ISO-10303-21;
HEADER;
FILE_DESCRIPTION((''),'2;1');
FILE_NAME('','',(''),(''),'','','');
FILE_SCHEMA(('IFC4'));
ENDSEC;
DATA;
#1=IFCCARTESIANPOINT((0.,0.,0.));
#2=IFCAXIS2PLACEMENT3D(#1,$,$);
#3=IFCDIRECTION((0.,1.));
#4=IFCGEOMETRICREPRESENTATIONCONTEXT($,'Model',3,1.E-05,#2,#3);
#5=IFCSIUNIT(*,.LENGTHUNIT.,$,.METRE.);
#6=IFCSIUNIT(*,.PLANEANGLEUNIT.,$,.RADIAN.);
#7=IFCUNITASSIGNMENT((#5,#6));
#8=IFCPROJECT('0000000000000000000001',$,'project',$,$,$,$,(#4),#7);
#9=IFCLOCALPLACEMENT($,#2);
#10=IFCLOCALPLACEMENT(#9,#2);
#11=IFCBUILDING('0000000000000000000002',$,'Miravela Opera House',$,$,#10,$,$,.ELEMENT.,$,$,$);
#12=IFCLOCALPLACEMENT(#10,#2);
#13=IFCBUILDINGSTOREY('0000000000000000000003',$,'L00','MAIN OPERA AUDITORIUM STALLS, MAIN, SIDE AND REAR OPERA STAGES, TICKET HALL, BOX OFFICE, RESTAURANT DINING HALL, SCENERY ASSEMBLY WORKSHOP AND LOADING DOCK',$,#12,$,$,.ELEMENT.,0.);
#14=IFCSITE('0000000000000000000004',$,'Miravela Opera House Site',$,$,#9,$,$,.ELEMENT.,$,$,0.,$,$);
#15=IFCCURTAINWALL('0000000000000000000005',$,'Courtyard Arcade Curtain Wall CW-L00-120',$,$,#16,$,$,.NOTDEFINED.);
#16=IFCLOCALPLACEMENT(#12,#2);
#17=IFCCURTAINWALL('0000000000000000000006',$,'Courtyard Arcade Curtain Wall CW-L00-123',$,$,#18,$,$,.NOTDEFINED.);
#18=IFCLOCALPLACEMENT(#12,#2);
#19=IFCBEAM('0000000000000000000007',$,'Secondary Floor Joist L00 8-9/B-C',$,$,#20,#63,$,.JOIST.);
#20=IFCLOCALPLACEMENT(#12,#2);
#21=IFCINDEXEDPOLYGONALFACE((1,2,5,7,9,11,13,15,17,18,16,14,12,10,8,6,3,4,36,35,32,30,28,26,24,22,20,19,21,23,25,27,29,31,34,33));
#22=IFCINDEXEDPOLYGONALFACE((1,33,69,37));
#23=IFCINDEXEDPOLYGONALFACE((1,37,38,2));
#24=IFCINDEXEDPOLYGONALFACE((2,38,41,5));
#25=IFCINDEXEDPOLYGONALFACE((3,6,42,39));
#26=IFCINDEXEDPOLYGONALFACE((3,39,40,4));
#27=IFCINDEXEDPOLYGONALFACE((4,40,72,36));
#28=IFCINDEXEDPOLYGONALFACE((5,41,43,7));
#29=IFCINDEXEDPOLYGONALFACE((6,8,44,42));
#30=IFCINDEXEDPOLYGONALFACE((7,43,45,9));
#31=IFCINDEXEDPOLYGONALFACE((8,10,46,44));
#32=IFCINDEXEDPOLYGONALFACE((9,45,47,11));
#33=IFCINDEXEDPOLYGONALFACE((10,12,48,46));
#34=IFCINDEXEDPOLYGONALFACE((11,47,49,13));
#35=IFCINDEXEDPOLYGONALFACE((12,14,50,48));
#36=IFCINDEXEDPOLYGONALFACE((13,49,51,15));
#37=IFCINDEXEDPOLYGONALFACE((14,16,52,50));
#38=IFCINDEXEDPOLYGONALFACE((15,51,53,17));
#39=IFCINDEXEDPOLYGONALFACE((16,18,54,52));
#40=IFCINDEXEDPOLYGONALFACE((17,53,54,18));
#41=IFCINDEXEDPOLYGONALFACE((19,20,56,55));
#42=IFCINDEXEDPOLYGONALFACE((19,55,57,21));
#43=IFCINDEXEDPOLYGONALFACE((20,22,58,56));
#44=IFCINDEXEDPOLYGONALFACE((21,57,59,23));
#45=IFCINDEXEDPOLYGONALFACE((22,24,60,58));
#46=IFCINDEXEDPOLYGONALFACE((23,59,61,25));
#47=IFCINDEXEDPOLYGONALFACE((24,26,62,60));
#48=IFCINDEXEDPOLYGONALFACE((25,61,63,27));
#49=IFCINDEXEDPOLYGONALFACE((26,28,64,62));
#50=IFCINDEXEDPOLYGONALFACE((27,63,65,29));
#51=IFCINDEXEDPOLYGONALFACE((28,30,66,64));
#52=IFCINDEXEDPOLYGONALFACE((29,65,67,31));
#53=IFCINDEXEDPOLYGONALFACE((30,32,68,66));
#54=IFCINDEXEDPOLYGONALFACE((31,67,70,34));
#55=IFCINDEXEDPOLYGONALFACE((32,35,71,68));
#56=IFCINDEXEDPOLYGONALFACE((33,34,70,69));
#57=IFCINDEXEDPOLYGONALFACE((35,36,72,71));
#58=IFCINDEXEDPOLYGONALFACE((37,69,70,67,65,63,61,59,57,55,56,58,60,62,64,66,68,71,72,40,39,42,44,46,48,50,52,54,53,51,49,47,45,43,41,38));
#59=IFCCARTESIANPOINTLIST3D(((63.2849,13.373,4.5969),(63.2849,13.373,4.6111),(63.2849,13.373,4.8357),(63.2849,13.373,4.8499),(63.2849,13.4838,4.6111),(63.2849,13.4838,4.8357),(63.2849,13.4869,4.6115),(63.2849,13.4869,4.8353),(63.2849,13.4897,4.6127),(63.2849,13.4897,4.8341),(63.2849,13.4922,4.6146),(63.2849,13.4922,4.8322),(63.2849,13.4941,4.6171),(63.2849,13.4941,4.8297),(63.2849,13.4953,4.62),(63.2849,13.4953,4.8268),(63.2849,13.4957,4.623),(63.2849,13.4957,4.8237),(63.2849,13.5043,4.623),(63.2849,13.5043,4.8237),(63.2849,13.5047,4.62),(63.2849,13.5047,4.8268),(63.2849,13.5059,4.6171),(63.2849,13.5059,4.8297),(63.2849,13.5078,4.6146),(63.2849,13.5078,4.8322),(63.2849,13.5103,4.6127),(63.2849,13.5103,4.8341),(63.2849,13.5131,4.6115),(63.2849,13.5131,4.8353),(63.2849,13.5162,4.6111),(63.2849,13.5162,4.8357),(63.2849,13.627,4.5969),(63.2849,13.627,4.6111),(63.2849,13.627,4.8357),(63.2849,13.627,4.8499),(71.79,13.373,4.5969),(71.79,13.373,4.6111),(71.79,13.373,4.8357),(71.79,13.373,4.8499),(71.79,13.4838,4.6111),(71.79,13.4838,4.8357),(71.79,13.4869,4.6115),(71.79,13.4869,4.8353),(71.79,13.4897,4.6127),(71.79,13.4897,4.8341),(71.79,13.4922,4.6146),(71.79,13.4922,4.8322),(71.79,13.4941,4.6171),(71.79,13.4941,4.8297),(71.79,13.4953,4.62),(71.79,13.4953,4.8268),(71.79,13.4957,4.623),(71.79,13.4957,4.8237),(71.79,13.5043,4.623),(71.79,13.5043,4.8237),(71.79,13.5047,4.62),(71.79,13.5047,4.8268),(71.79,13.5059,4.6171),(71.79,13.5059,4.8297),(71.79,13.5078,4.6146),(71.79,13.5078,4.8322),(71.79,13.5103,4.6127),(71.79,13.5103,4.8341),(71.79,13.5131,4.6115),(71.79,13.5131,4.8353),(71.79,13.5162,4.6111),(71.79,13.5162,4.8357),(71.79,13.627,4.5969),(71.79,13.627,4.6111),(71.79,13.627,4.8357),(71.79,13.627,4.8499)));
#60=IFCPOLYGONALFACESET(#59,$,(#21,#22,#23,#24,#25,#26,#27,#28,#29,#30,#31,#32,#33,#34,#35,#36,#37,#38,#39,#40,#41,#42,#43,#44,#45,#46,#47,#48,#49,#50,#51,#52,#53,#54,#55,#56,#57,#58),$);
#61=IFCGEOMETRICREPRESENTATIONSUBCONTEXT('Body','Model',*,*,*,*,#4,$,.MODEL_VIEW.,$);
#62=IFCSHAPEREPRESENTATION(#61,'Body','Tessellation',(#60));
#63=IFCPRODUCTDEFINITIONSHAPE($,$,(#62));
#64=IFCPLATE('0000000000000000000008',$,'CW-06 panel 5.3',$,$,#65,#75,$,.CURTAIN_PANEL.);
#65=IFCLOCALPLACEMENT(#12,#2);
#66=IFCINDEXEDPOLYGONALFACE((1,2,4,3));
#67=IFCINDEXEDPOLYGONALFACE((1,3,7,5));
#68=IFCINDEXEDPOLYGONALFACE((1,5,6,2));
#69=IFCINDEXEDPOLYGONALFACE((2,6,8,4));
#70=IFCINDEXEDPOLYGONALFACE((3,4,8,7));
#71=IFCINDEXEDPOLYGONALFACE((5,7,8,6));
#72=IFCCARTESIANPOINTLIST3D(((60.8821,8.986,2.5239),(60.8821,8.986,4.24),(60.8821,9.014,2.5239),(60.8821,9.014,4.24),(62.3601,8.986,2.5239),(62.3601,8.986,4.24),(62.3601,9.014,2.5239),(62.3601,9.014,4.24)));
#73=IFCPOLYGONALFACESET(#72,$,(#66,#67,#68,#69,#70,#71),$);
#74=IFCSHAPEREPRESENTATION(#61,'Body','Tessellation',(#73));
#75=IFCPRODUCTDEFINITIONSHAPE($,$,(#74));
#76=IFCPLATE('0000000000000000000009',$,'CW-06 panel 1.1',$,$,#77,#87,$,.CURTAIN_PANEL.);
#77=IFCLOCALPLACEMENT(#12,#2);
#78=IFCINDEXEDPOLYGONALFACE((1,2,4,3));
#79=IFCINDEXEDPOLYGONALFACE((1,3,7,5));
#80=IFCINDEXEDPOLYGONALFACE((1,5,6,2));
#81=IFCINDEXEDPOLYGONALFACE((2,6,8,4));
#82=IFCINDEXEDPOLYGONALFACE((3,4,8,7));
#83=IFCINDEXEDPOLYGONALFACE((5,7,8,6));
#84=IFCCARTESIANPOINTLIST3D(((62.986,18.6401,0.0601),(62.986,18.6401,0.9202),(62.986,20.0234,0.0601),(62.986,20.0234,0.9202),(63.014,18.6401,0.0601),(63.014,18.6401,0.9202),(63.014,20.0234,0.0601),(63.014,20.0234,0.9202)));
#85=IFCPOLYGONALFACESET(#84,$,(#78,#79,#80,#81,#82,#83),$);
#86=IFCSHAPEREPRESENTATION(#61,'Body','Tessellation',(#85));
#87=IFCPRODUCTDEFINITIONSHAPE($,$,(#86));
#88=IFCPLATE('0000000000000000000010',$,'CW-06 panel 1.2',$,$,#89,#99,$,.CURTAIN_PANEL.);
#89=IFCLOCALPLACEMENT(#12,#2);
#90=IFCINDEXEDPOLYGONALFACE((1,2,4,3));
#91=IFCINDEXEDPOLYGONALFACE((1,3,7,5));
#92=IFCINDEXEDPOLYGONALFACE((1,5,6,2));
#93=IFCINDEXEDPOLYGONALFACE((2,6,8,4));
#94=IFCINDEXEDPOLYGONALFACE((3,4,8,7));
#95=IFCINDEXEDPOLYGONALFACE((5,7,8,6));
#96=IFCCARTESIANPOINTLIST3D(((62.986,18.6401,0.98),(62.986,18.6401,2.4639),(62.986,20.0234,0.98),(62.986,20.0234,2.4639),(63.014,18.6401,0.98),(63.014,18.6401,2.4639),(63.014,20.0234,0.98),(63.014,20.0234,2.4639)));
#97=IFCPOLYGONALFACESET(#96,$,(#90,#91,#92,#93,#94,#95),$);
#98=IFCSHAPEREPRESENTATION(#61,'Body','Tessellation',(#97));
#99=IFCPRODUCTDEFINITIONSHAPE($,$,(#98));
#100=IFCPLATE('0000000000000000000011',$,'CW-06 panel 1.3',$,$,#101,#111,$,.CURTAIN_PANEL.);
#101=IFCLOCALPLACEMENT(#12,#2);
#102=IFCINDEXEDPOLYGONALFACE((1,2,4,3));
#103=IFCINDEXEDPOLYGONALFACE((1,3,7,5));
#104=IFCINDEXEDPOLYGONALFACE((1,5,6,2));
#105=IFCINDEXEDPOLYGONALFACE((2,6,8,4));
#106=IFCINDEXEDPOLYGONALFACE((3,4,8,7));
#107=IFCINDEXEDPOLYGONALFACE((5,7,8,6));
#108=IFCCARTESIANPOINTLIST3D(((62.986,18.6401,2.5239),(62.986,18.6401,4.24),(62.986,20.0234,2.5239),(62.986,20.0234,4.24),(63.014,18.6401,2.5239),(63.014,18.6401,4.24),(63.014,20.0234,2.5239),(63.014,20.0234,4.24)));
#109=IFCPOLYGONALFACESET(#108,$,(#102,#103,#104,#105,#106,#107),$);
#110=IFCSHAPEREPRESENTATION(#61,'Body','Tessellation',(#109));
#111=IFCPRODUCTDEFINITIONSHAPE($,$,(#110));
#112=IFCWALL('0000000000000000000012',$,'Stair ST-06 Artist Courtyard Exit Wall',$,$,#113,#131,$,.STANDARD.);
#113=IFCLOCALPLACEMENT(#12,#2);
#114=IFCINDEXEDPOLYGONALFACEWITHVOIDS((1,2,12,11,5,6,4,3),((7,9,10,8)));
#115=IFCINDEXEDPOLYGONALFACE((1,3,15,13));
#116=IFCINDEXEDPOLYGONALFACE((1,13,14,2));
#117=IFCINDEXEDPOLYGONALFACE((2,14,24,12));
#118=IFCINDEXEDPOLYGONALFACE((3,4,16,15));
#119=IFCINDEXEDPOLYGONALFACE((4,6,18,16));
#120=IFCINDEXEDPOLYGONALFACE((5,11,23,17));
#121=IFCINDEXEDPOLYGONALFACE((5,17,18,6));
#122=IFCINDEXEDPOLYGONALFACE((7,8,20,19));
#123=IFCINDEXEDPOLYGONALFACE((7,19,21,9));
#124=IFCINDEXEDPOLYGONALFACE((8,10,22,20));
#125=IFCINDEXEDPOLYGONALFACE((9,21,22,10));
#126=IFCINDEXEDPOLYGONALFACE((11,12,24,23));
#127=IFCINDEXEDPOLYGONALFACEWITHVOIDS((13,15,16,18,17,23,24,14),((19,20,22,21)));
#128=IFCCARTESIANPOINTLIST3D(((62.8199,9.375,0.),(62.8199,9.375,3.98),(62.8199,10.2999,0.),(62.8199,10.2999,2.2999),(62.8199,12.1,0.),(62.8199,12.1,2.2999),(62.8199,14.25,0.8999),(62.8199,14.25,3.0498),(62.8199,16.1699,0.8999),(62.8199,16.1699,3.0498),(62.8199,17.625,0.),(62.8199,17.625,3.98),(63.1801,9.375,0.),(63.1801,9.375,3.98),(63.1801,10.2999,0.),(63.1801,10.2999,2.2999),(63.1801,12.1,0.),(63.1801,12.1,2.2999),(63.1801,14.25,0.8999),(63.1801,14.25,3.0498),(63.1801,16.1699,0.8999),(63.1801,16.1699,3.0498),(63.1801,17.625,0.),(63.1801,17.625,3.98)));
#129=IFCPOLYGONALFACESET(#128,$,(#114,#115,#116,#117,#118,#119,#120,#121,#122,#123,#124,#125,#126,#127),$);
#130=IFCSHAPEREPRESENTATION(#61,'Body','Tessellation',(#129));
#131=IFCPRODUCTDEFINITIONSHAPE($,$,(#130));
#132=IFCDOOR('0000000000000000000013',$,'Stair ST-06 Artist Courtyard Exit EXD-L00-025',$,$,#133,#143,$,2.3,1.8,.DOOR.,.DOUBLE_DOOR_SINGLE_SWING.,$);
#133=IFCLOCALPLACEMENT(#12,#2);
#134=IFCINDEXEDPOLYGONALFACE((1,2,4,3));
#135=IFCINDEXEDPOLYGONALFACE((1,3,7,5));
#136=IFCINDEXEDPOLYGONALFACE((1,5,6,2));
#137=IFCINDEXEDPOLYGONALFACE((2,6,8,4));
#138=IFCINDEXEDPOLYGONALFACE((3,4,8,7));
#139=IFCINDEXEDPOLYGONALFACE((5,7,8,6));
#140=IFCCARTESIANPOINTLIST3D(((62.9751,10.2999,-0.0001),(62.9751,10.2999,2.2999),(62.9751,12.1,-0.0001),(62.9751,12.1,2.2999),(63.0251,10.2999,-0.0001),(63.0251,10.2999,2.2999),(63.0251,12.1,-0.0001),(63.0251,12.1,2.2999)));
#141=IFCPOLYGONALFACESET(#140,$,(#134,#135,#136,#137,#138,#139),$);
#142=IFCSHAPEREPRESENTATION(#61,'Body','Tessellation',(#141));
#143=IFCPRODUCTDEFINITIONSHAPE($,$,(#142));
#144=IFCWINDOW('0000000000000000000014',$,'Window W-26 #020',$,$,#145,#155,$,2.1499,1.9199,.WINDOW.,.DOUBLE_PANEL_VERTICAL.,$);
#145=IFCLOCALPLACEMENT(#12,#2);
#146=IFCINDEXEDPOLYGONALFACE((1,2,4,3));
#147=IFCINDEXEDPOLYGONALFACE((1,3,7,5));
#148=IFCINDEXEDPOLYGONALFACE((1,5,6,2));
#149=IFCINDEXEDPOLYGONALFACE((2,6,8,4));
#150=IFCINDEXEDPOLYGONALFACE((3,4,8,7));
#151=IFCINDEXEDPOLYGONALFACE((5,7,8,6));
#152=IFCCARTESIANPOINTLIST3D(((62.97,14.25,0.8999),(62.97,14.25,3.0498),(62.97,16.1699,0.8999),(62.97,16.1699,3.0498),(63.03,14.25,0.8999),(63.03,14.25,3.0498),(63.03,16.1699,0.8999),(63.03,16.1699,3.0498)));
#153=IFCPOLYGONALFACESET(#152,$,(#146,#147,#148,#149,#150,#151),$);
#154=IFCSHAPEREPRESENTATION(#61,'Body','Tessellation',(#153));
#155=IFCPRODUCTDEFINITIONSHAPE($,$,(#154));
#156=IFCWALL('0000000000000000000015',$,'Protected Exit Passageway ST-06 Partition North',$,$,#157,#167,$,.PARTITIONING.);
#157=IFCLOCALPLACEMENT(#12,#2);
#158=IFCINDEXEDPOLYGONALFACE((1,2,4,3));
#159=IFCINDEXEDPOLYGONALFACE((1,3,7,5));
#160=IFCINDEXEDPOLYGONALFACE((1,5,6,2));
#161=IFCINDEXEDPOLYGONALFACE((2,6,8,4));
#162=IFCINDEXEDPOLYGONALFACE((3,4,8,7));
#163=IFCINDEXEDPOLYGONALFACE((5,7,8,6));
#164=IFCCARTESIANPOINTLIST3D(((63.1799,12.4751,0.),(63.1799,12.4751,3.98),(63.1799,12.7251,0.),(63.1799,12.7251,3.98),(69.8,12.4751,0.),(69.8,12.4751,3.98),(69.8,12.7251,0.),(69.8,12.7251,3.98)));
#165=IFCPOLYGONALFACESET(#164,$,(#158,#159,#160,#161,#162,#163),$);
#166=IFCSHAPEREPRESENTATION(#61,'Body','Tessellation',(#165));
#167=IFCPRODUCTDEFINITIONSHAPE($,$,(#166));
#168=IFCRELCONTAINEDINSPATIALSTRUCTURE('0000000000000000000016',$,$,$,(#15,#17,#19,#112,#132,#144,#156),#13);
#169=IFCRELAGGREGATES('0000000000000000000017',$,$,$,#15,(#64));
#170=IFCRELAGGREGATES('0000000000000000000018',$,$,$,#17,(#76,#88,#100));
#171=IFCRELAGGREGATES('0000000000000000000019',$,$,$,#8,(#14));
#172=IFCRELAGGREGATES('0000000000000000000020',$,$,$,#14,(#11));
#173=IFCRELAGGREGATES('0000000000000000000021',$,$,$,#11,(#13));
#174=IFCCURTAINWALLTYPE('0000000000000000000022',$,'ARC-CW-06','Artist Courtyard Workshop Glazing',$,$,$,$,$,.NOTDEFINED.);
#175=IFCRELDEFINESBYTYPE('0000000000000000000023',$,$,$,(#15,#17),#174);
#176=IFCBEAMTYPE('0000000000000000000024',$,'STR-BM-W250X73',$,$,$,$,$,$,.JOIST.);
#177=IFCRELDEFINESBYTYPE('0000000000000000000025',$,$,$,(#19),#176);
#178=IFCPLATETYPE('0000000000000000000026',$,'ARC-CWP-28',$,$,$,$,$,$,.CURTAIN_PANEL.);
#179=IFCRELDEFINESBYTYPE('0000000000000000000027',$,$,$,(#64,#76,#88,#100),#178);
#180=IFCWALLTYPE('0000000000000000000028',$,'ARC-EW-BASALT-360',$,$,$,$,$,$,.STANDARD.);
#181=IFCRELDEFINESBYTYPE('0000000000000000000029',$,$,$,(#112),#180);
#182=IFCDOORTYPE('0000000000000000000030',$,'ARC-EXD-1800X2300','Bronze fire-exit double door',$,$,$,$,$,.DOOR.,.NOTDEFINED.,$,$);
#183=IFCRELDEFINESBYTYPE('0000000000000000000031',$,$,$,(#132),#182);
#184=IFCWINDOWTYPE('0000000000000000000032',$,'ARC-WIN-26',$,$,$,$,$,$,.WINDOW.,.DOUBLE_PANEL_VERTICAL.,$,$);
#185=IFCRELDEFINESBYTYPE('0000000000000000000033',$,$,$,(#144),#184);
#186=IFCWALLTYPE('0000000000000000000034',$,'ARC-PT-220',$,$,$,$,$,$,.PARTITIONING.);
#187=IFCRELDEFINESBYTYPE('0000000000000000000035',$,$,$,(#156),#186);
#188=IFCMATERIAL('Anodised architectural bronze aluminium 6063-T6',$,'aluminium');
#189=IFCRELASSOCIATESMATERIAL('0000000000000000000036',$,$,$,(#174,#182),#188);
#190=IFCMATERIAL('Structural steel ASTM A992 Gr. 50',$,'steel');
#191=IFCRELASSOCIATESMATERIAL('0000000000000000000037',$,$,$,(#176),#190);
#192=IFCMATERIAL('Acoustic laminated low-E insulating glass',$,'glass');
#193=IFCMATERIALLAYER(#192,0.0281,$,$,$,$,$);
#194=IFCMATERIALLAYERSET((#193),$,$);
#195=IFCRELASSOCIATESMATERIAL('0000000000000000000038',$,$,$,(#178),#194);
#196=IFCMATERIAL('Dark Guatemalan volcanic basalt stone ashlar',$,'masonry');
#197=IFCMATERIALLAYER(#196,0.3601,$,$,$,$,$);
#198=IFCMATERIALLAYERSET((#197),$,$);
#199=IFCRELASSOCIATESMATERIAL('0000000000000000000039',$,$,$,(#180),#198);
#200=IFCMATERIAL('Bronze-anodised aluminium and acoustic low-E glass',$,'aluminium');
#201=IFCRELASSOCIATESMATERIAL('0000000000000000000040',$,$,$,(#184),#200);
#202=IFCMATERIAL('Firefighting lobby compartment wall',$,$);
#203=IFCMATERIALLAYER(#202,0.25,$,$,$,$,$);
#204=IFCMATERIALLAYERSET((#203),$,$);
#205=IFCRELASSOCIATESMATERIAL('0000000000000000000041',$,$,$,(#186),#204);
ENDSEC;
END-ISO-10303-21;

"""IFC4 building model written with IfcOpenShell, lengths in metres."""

from ifc_helpers import new_model, si_unit, direction, frame, frame_2d, origin, origin_2d, place, context, subcontext, project, spatial, rectangle, i_section, extrude, material, layer, layer_set, material_profile, profile_set, type_object, element, fill, aggregate, save


model = new_model("IFC4")

# Units and contexts
model_context = context("Model", 3, precision=1e-05, world=origin(), true_north=direction((0.0, 1.0)))
body_context = subcontext(model_context, "Body", "Model", "MODEL_VIEW")
ifc_project = project(units=[si_unit("LENGTHUNIT", "METRE"), si_unit("PLANEANGLEUNIT", "RADIAN")], contexts=[model_context])

# Site, building, storey
site_placement = place(None, origin())
site = spatial("IfcSite", under=ifc_project, at=site_placement, Name="Miravela Opera House Site", CompositionType="ELEMENT", RefElevation=0.0)
building_placement = place(site_placement, origin())
building = spatial("IfcBuilding", under=site, at=building_placement, Name="Miravela Opera House", CompositionType="ELEMENT")
storey_placement = place(building_placement, origin())
storey = spatial("IfcBuildingStorey", under=building, at=storey_placement, Name="L00", Description="MAIN OPERA AUDITORIUM STALLS, MAIN, SIDE AND REAR OPERA STAGES, TICKET HALL, BOX OFFICE, RESTAURANT DINING HALL, SCENERY ASSEMBLY WORKSHOP AND LOADING DOCK", CompositionType="ELEMENT", Elevation=0.0)

# Curtain wall
ifc_material_1 = material(Name="Anodised architectural bronze aluminium 6063-T6", Category="aluminium")
curtain_wall_type = type_object("IfcCurtainWallType", Name="ARC-CW-06", Description="Artist Courtyard Workshop Glazing", PredefinedType="NOTDEFINED", material=ifc_material_1)
curtain_wall_1_placement = place(storey_placement, origin())
curtain_wall_1 = element("IfcCurtainWall", 1, at=curtain_wall_1_placement, inside=storey, type_object=curtain_wall_type, Name="Courtyard Arcade Curtain Wall CW-L00-120", PredefinedType="NOTDEFINED")

# Curtain wall
curtain_wall_2_placement = place(storey_placement, origin())
curtain_wall_2 = element("IfcCurtainWall", 2, at=curtain_wall_2_placement, inside=storey, type_object=curtain_wall_type, Name="Courtyard Arcade Curtain Wall CW-L00-123", PredefinedType="NOTDEFINED")

# Beam
ifc_material_2 = material(Name="Structural steel ASTM A992 Gr. 50", Category="steel")
ifc_material_profile_1 = material_profile(ifc_material_2, i_section(OverallWidth=0.2539, OverallDepth=0.2529, WebThickness=0.0085, FlangeThickness=0.0142, FilletRadius=0.012, at=origin_2d()), Name="W250X73")
ifc_profile_set_1 = profile_set([ifc_material_profile_1])
beam_type_1 = type_object("IfcBeamType", Name="STR-BM-W250X73", PredefinedType="JOIST", material=ifc_profile_set_1)
beam_1_placement = place(storey_placement, frame((63.2849, 13.5, 4.7234), z_axis=(1.0, 0.0, 0.0), x_axis=(0.0, 1.0, 0.0)))
element("IfcBeam", 3, at=beam_1_placement, inside=storey, type_object=beam_type_1, Name="Secondary Floor Joist L00 8-9/B-C", PredefinedType="JOIST", context=body_context, shape_type="SweptSolid", body=[
    extrude(i_section(OverallWidth=0.2539, OverallDepth=0.2529, WebThickness=0.0085, FlangeThickness=0.0142, FilletRadius=0.012, at=origin_2d()), origin(), (0.0, 0.0, 1.0), 8.5051),
])

# Plates
ifc_material_3 = material(Name="Acoustic laminated low-E insulating glass", Category="glass")
ifc_layer_1 = layer(ifc_material_3, 0.0281)
ifc_layer_set_1 = layer_set([ifc_layer_1])
plate_type = type_object("IfcPlateType", Name="ARC-CWP-28", PredefinedType="CURTAIN_PANEL", material=ifc_layer_set_1)
plate_1_placement = place(storey_placement, frame((61.6211, 9.0, 2.5239), z_axis=(0.0, 0.0, 1.0), x_axis=(1.0, 0.0, 0.0)))
plate_1 = element("IfcPlate", 4, at=plate_1_placement, type_object=plate_type, Name="CW-06 panel 5.3", PredefinedType="CURTAIN_PANEL", context=body_context, shape_type="SweptSolid", body=[
    extrude(rectangle(XDim=1.478, YDim=0.0281, at=origin_2d()), origin(), (0.0, 0.0, 1.0), 1.7161),
])
aggregate(curtain_wall_1, [plate_1])
plate_2_placement = place(storey_placement, frame((63.0, 19.3318, 0.0601), z_axis=(0.0, 0.0, 1.0), x_axis=(0.0, 1.0, 0.0)))
plate_2 = element("IfcPlate", 5, at=plate_2_placement, type_object=plate_type, Name="CW-06 panel 1.1", PredefinedType="CURTAIN_PANEL", context=body_context, shape_type="SweptSolid", body=[
    extrude(rectangle(XDim=1.3833, YDim=0.0281, at=origin_2d()), origin(), (0.0, 0.0, 1.0), 0.8601),
])
plate_3_placement = place(storey_placement, frame((63.0, 19.3318, 0.98), z_axis=(0.0, 0.0, 1.0), x_axis=(0.0, 1.0, 0.0)))
plate_3 = element("IfcPlate", 6, at=plate_3_placement, type_object=plate_type, Name="CW-06 panel 1.2", PredefinedType="CURTAIN_PANEL", context=body_context, shape_type="SweptSolid", body=[
    extrude(rectangle(XDim=1.3833, YDim=0.0281, at=origin_2d()), origin(), (0.0, 0.0, 1.0), 1.4839),
])
plate_4_placement = place(storey_placement, frame((63.0, 19.3318, 2.5239), z_axis=(0.0, 0.0, 1.0), x_axis=(0.0, 1.0, 0.0)))
plate_4 = element("IfcPlate", 7, at=plate_4_placement, type_object=plate_type, Name="CW-06 panel 1.3", PredefinedType="CURTAIN_PANEL", context=body_context, shape_type="SweptSolid", body=[
    extrude(rectangle(XDim=1.3833, YDim=0.0281, at=origin_2d()), origin(), (0.0, 0.0, 1.0), 1.7161),
])
aggregate(curtain_wall_2, [plate_2, plate_3, plate_4])

# Wall, openings, door, window
ifc_material_4 = material(Name="Dark Guatemalan volcanic basalt stone ashlar", Category="masonry")
ifc_layer_2 = layer(ifc_material_4, 0.3601)
ifc_layer_set_2 = layer_set([ifc_layer_2])
wall_type_1 = type_object("IfcWallType", Name="ARC-EW-BASALT-360", PredefinedType="STANDARD", material=ifc_layer_set_2)
wall_1_placement = place(storey_placement, frame((63.0, 9.375, 0.0), z_axis=(0.0, 0.0, 1.0), x_axis=(0.0, 1.0, 0.0)))
wall_1 = element("IfcWall", 8, at=wall_1_placement, inside=storey, type_object=wall_type_1, Name="Stair ST-06 Artist Courtyard Exit Wall", PredefinedType="STANDARD", context=body_context, shape_type="SweptSolid", body=[
    extrude(rectangle(XDim=8.25, YDim=0.3601, at=frame_2d((4.125, 0.0))), origin(), (0.0, 0.0, 1.0), 3.98),
])
opening_1_placement = place(wall_1_placement, frame((0.925, 0.0, 0.0)))
opening_1 = element("IfcOpeningElement", 9, at=opening_1_placement, cuts=wall_1, PredefinedType="OPENING", context=body_context, shape_type="SweptSolid", body=[
    extrude(rectangle(XDim=1.8, YDim=2.3, at=frame_2d((0.8999, 1.1499))), frame((0.0, 0.1899, 0.0), z_axis=(0.0, -1.0, 0.0), x_axis=(1.0, 0.0, 0.0)), (0.0, 0.0, 1.0), 0.3801),
])
opening_2_placement = place(wall_1_placement, frame((4.875, 0.0, 0.8999)))
opening_2 = element("IfcOpeningElement", 10, at=opening_2_placement, cuts=wall_1, PredefinedType="OPENING", context=body_context, shape_type="SweptSolid", body=[
    extrude(rectangle(XDim=1.9199, YDim=2.1499, at=frame_2d((0.96, 1.075))), frame((0.0, 0.1899, 0.0), z_axis=(0.0, -1.0, 0.0), x_axis=(1.0, 0.0, 0.0)), (0.0, 0.0, 1.0), 0.3801),
])
door_type = type_object("IfcDoorType", Name="ARC-EXD-1800X2300", Description="Bronze fire-exit double door", OperationType="NOTDEFINED", PredefinedType="DOOR", material=ifc_material_1)
door_placement = place(opening_1_placement, origin())
door = element("IfcDoor", 11, at=door_placement, inside=storey, type_object=door_type, Name="Stair ST-06 Artist Courtyard Exit EXD-L00-025", OperationType="DOUBLE_DOOR_SINGLE_SWING", OverallHeight=2.3, OverallWidth=1.8, PredefinedType="DOOR", context=body_context, shape_type="SweptSolid", body=[
    extrude(rectangle(XDim=1.8, YDim=2.3, at=frame_2d((0.8999, 1.1499))), frame((0.0, 0.0249, 0.0), z_axis=(0.0, -1.0, 0.0), x_axis=(1.0, 0.0, 0.0)), (0.0, 0.0, 1.0), 0.05),
])
fill(opening_1, door)
ifc_material_5 = material(Name="Bronze-anodised aluminium and acoustic low-E glass", Category="aluminium")
window_type = type_object("IfcWindowType", Name="ARC-WIN-26", PartitioningType="DOUBLE_PANEL_VERTICAL", PredefinedType="WINDOW", material=ifc_material_5)
window_placement = place(opening_2_placement, origin())
window = element("IfcWindow", 12, at=window_placement, inside=storey, type_object=window_type, Name="Window W-26 #020", OverallHeight=2.1499, OverallWidth=1.9199, PartitioningType="DOUBLE_PANEL_VERTICAL", PredefinedType="WINDOW", context=body_context, shape_type="SweptSolid", body=[
    extrude(rectangle(XDim=1.9199, YDim=2.1499, at=frame_2d((0.96, 1.075))), frame((0.0, 0.03, 0.0), z_axis=(0.0, -1.0, 0.0), x_axis=(1.0, 0.0, 0.0)), (0.0, 0.0, 1.0), 0.0601),
])
fill(opening_2, window)

# Wall
ifc_material_6 = material(Name="Firefighting lobby compartment wall")
ifc_layer_3 = layer(ifc_material_6, 0.25)
ifc_layer_set_3 = layer_set([ifc_layer_3])
wall_type_2 = type_object("IfcWallType", Name="ARC-PT-220", PredefinedType="PARTITIONING", material=ifc_layer_set_3)
wall_2_placement = place(storey_placement, frame((63.1799, 12.6001, 0.0), z_axis=(0.0, 0.0, 1.0), x_axis=(1.0, 0.0, 0.0)))
element("IfcWall", 13, at=wall_2_placement, inside=storey, type_object=wall_type_2, Name="Protected Exit Passageway ST-06 Partition North", PredefinedType="PARTITIONING", context=body_context, shape_type="SweptSolid", body=[
    extrude(rectangle(XDim=6.6201, YDim=0.25, at=frame_2d((3.3101, 0.0))), origin(), (0.0, 0.0, 1.0), 3.98),
])

save(model, "model.ifc")
